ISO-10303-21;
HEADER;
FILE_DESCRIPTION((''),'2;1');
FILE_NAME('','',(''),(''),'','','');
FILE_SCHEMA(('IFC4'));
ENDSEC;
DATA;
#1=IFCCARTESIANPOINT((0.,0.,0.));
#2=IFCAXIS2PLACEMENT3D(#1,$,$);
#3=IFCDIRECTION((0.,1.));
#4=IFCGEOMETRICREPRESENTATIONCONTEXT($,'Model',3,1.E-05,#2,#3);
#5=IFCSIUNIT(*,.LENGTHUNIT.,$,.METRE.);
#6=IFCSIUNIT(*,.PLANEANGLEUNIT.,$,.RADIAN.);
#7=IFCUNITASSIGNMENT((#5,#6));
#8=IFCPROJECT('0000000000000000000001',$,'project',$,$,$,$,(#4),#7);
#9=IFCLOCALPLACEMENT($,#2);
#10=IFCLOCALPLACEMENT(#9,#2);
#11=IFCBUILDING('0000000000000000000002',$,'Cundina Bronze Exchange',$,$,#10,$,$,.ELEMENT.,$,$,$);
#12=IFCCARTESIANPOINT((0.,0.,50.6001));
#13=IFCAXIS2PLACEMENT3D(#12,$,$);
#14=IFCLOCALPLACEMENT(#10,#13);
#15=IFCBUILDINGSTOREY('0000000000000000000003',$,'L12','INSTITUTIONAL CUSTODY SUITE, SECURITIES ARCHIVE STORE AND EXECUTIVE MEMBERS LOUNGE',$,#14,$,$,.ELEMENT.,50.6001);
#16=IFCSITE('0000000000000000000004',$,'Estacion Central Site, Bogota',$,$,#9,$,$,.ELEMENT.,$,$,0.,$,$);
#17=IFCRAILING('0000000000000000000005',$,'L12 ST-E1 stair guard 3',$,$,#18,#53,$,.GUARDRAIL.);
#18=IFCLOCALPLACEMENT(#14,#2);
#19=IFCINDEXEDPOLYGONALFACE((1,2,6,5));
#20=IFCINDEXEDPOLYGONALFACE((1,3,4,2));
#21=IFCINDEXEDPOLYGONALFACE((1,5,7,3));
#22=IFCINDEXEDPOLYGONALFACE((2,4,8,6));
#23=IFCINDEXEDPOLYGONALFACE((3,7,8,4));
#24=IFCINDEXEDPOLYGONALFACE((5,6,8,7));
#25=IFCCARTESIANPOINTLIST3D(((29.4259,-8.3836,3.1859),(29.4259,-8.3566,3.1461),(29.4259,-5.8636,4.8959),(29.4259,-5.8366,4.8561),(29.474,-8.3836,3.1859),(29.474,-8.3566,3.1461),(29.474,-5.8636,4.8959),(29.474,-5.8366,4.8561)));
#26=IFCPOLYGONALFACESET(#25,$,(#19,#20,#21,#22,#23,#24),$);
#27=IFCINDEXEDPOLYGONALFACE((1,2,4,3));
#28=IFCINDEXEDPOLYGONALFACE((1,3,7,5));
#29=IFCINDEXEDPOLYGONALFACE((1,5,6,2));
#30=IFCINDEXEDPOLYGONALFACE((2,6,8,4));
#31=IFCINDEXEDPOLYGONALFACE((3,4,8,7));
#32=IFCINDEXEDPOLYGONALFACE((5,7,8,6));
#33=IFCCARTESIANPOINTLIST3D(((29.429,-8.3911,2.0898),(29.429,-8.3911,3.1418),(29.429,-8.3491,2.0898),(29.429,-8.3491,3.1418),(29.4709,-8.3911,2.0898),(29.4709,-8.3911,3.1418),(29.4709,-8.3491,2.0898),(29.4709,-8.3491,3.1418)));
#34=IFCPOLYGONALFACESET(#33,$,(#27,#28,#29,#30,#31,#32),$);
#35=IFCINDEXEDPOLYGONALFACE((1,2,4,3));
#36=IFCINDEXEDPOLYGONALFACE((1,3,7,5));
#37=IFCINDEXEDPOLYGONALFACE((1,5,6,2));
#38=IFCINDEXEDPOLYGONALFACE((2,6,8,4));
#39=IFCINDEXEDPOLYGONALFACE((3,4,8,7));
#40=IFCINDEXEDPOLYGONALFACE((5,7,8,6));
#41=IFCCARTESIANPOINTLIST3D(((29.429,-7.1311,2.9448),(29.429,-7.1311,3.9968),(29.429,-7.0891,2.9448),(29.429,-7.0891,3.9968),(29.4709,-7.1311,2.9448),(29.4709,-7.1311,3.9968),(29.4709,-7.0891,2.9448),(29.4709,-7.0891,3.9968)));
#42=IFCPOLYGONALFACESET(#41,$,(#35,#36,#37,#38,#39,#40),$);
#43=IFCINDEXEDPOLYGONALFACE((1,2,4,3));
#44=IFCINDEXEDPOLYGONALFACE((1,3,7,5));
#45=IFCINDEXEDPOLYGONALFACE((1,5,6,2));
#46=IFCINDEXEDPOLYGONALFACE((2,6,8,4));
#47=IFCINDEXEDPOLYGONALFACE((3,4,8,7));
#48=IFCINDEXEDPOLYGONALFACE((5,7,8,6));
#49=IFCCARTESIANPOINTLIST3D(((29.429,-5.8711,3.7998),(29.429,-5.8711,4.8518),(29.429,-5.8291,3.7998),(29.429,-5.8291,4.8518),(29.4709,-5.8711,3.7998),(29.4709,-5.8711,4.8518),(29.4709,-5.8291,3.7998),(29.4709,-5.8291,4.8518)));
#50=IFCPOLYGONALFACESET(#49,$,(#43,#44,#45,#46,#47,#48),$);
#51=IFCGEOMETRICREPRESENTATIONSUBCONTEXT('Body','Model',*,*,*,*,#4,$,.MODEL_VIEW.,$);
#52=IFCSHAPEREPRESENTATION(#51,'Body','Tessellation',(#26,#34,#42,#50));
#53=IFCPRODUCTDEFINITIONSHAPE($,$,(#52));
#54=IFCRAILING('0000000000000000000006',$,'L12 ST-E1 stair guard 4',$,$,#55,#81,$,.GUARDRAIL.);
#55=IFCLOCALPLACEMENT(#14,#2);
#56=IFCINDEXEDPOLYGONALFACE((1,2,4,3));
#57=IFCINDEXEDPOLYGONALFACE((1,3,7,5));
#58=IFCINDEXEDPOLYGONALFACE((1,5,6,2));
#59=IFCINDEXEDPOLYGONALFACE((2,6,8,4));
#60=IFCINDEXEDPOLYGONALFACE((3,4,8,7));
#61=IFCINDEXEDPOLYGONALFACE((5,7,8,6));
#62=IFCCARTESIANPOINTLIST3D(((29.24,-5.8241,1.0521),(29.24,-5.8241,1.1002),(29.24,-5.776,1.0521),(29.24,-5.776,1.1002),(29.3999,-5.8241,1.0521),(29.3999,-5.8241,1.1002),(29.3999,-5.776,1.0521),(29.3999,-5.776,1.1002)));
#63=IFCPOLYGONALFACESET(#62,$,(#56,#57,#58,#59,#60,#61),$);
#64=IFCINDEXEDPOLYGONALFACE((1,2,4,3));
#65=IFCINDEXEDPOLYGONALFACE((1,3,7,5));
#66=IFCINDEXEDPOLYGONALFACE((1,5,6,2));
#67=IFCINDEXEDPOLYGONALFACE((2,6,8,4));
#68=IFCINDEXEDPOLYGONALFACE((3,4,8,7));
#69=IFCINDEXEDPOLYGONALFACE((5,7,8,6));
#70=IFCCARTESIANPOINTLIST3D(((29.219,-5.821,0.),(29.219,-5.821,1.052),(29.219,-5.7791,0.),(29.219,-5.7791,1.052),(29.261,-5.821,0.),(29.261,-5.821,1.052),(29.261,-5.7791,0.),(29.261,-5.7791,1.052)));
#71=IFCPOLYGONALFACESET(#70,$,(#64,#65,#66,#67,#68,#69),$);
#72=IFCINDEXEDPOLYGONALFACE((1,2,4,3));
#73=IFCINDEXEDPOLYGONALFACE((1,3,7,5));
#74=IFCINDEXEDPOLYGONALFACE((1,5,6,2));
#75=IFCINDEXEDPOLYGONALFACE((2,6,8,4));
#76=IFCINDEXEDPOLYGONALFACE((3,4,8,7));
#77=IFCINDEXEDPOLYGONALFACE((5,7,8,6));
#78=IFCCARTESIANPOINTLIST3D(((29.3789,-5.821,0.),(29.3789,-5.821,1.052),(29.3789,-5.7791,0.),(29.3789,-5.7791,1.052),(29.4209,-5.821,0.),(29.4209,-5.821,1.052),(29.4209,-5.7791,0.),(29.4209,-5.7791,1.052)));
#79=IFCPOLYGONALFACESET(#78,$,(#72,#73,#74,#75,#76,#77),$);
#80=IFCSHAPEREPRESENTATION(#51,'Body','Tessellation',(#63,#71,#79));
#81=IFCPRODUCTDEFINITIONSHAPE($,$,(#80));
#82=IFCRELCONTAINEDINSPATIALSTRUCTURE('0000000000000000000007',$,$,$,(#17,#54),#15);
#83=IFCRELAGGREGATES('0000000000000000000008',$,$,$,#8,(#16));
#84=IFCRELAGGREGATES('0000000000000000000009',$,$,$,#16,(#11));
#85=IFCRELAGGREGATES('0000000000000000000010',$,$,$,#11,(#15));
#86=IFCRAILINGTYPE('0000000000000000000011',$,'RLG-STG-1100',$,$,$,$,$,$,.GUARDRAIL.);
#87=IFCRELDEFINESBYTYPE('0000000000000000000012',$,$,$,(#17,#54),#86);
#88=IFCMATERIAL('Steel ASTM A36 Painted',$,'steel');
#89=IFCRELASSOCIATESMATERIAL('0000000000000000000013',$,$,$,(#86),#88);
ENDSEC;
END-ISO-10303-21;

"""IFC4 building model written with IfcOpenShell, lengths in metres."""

from ifc_helpers import new_model, si_unit, direction, frame, origin, origin_2d, place, context, subcontext, project, spatial, rectangle, extrude, material, type_object, element, save


model = new_model("IFC4")

# Units and contexts
model_context = context("Model", 3, precision=1e-05, world=origin(), true_north=direction((0.0, 1.0)))
body_context = subcontext(model_context, "Body", "Model", "MODEL_VIEW")
ifc_project = project(units=[si_unit("LENGTHUNIT", "METRE"), si_unit("PLANEANGLEUNIT", "RADIAN")], contexts=[model_context])

# Site, building, storey
site_placement = place(None, origin())
site = spatial("IfcSite", under=ifc_project, at=site_placement, Name="Estacion Central Site, Bogota", CompositionType="ELEMENT", RefElevation=0.0)
building_placement = place(site_placement, origin())
building = spatial("IfcBuilding", under=site, at=building_placement, Name="Cundina Bronze Exchange", CompositionType="ELEMENT")
storey_placement = place(building_placement, frame((0.0, 0.0, 50.6001)))
storey = spatial("IfcBuildingStorey", under=building, at=storey_placement, Name="L12", Description="INSTITUTIONAL CUSTODY SUITE, SECURITIES ARCHIVE STORE AND EXECUTIVE MEMBERS LOUNGE", CompositionType="ELEMENT", Elevation=50.6001)

# Railings
ifc_material_1 = material(Name="Steel ASTM A36 Painted", Category="steel")
railing_type_1 = type_object("IfcRailingType", Name="RLG-STG-1100", PredefinedType="GUARDRAIL", material=ifc_material_1)
railing_1_placement = place(storey_placement, frame((29.45, -8.3701, 2.0898)))
element("IfcRailing", 1, at=railing_1_placement, inside=storey, type_object=railing_type_1, Name="L12 ST-E1 stair guard 3", PredefinedType="GUARDRAIL", context=body_context, shape_type="SweptSolid", body=[
    extrude(rectangle(XDim=0.0481, YDim=0.0481, at=origin_2d()), frame((0.0, 0.0, 1.0762), z_axis=(0.0, 0.827484, 0.56149), x_axis=(-1.0, 0.0, 0.0)), (0.0, 0.0, 1.0), 3.0454),
    extrude(rectangle(XDim=0.042, YDim=0.042, at=origin_2d()), origin(), (0.0, 0.0, 1.0), 1.052),
    extrude(rectangle(XDim=0.042, YDim=0.042, at=origin_2d()), frame((0.0, 1.26, 0.855)), (0.0, 0.0, 1.0), 1.052),
    extrude(rectangle(XDim=0.042, YDim=0.042, at=origin_2d()), frame((0.0, 2.52, 1.71)), (0.0, 0.0, 1.0), 1.052),
])
railing_2_placement = place(storey_placement, frame((29.24, -5.8, 0.0)))
element("IfcRailing", 2, at=railing_2_placement, inside=storey, type_object=railing_type_1, Name="L12 ST-E1 stair guard 4", PredefinedType="GUARDRAIL", context=body_context, shape_type="SweptSolid", body=[
    extrude(rectangle(XDim=0.0481, YDim=0.0481, at=origin_2d()), frame((0.0, 0.0, 1.0762), z_axis=(1.0, 0.0, 0.0), x_axis=(0.0, 1.0, 0.0)), (0.0, 0.0, 1.0), 0.1599),
    extrude(rectangle(XDim=0.042, YDim=0.042, at=origin_2d()), origin(), (0.0, 0.0, 1.0), 1.052),
    extrude(rectangle(XDim=0.042, YDim=0.042, at=origin_2d()), frame((0.1599, 0.0, 0.0)), (0.0, 0.0, 1.0), 1.052),
])

save(model, "model.ifc")
